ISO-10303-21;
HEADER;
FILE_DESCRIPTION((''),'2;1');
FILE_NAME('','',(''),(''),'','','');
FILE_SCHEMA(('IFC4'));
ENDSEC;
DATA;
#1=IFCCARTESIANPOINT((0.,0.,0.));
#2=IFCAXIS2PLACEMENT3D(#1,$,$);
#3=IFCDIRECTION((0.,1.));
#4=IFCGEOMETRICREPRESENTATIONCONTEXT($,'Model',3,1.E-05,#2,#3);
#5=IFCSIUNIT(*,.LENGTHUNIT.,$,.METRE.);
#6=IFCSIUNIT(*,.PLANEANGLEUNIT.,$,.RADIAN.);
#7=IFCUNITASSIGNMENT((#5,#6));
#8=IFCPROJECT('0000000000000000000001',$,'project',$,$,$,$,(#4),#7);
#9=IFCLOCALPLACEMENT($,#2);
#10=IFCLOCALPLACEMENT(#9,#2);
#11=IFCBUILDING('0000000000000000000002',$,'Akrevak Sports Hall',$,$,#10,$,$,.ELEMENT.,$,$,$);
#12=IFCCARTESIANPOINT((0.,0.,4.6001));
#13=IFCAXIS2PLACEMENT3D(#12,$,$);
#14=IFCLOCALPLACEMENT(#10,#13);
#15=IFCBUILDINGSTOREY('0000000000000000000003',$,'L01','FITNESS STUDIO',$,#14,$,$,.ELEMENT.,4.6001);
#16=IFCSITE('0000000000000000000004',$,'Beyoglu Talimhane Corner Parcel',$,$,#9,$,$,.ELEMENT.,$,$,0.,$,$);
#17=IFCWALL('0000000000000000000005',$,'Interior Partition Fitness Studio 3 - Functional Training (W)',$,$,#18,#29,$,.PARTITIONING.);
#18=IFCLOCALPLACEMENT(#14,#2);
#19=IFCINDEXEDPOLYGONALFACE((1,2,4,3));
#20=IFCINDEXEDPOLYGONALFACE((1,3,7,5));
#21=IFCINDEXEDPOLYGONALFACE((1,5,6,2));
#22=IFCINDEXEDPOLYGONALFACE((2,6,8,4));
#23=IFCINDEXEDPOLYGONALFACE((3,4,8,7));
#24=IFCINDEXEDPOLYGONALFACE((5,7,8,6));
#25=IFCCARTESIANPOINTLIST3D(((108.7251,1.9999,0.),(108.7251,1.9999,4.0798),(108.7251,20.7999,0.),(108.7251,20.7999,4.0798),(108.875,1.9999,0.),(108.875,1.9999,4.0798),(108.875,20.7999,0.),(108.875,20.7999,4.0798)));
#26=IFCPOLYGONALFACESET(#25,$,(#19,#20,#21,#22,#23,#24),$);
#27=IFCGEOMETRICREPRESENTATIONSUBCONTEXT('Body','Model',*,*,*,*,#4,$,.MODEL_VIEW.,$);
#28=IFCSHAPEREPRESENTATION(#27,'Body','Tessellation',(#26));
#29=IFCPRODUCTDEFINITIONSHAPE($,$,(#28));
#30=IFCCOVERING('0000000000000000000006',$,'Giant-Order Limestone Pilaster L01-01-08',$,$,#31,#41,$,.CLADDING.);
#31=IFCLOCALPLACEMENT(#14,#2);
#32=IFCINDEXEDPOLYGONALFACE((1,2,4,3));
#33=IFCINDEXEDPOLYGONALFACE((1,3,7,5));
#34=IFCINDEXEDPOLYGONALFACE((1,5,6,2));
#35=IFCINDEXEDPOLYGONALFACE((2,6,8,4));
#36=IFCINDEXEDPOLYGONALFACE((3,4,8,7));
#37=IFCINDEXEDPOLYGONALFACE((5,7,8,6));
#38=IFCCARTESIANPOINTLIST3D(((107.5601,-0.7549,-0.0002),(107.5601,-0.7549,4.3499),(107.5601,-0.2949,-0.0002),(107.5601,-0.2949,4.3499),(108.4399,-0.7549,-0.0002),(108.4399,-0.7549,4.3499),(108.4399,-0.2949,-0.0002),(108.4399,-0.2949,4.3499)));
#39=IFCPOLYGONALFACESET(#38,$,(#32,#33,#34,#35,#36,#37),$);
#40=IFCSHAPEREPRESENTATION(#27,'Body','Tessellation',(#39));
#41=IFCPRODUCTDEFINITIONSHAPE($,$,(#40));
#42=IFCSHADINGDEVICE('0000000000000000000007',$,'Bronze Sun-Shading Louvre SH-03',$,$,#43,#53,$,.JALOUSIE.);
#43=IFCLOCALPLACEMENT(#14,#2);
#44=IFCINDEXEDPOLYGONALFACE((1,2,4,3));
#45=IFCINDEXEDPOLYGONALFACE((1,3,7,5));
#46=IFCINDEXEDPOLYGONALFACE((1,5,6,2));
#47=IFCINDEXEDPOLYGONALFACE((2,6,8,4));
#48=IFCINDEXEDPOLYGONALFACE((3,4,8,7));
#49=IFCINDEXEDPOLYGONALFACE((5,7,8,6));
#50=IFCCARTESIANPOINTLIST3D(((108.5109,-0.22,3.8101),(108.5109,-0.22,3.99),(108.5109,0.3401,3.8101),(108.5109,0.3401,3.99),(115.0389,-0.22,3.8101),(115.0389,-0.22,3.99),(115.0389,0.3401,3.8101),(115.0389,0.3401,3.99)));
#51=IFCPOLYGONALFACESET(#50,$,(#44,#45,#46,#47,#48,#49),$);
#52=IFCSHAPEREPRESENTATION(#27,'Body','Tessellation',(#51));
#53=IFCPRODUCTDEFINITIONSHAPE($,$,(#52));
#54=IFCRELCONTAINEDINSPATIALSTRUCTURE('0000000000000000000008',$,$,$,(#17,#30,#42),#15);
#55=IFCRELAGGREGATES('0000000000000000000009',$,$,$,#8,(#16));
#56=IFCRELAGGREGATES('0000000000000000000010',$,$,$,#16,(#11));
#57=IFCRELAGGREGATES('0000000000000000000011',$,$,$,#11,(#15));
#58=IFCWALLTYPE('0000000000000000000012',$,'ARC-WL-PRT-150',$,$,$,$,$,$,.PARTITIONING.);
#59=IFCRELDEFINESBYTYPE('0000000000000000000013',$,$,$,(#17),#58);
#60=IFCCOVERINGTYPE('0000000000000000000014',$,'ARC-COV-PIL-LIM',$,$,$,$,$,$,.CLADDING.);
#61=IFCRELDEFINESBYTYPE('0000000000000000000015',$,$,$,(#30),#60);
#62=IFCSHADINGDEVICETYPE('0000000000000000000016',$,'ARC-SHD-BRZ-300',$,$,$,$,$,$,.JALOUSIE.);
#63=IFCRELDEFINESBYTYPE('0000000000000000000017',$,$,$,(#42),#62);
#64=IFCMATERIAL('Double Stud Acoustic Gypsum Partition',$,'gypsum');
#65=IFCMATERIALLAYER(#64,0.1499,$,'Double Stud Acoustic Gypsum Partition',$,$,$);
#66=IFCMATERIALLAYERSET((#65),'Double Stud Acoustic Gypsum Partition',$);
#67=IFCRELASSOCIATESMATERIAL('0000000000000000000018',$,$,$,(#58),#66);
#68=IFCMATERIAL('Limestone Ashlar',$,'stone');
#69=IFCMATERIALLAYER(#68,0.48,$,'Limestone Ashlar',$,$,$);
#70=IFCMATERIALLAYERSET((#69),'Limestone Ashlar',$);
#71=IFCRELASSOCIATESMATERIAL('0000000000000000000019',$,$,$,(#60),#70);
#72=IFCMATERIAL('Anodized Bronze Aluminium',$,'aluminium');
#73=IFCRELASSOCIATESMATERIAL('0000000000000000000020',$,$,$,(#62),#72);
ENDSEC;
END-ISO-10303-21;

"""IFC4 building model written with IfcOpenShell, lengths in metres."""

from ifc_helpers import new_model, si_unit, direction, frame, frame_2d, origin, origin_2d, place, context, subcontext, project, spatial, rectangle, extrude, material, layer, layer_set, type_object, element, save


model = new_model("IFC4")

# Units and contexts
model_context = context("Model", 3, precision=1e-05, world=origin(), true_north=direction((0.0, 1.0)))
body_context = subcontext(model_context, "Body", "Model", "MODEL_VIEW")
ifc_project = project(units=[si_unit("LENGTHUNIT", "METRE"), si_unit("PLANEANGLEUNIT", "RADIAN")], contexts=[model_context])

# Site, building, storey
site_placement = place(None, origin())
site = spatial("IfcSite", under=ifc_project, at=site_placement, Name="Beyoglu Talimhane Corner Parcel", CompositionType="ELEMENT", RefElevation=0.0)
building_placement = place(site_placement, origin())
building = spatial("IfcBuilding", under=site, at=building_placement, Name="Akrevak Sports Hall", CompositionType="ELEMENT")
storey_placement = place(building_placement, frame((0.0, 0.0, 4.6001)))
storey = spatial("IfcBuildingStorey", under=building, at=storey_placement, Name="L01", Description="FITNESS STUDIO", CompositionType="ELEMENT", Elevation=4.6001)

# Shared definitions
ifc_material_1 = material(Name="Anodized Bronze Aluminium", Category="aluminium")

# Shared definitions
ifc_material_2 = material(Name="Limestone Ashlar", Category="stone")

# Shared definitions
ifc_material_3 = material(Name="Double Stud Acoustic Gypsum Partition", Category="gypsum")
ifc_layer_1 = layer(ifc_material_3, 0.1499, Name="Double Stud Acoustic Gypsum Partition")
ifc_layer_set_1 = layer_set([ifc_layer_1], Name="Double Stud Acoustic Gypsum Partition")
wall_type_1 = type_object("IfcWallType", Name="ARC-WL-PRT-150", PredefinedType="PARTITIONING", material=ifc_layer_set_1)

# Wall
wall_1_placement = place(storey_placement, frame((108.8, 2.0, 0.0), z_axis=(0.0, 0.0, 1.0), x_axis=(0.0, 1.0, 0.0)))
element("IfcWall", 1, at=wall_1_placement, inside=storey, type_object=wall_type_1, Name="Interior Partition Fitness Studio 3 - Functional Training (W)", PredefinedType="PARTITIONING", context=body_context, shape_type="SweptSolid", body=[
    extrude(rectangle(XDim=18.8, YDim=0.1499, at=frame_2d((9.3999, 0.0))), origin(), (0.0, 0.0, 1.0), 4.0798),
])

# Covering
ifc_layer_2 = layer(ifc_material_2, 0.48, Name="Limestone Ashlar")
ifc_layer_set_2 = layer_set([ifc_layer_2], Name="Limestone Ashlar")
covering_type = type_object("IfcCoveringType", Name="ARC-COV-PIL-LIM", PredefinedType="CLADDING", material=ifc_layer_set_2)
covering_placement = place(storey_placement, frame((108.0, -0.5249, -0.0002), z_axis=(0.0, 0.0, 1.0), x_axis=(1.0, 0.0, 0.0)))
element("IfcCovering", 2, at=covering_placement, inside=storey, type_object=covering_type, Name="Giant-Order Limestone Pilaster L01-01-08", PredefinedType="CLADDING", context=body_context, shape_type="SweptSolid", body=[
    extrude(rectangle(XDim=0.8799, YDim=0.46, at=origin_2d()), origin(), (0.0, 0.0, 1.0), 4.3501),
])

# Shading device
shading_device_type = type_object("IfcShadingDeviceType", Name="ARC-SHD-BRZ-300", PredefinedType="JALOUSIE", material=ifc_material_1)
shading_device_placement = place(storey_placement, frame((111.7749, 0.0601, 3.8101), z_axis=(0.0, 0.0, 1.0), x_axis=(1.0, 0.0, 0.0)))
element("IfcShadingDevice", 3, at=shading_device_placement, inside=storey, type_object=shading_device_type, Name="Bronze Sun-Shading Louvre SH-03", PredefinedType="JALOUSIE", context=body_context, shape_type="SweptSolid", body=[
    extrude(rectangle(XDim=6.5281, YDim=0.5601, at=origin_2d()), origin(), (0.0, 0.0, 1.0), 0.1799),
])

save(model, "model.ifc")
